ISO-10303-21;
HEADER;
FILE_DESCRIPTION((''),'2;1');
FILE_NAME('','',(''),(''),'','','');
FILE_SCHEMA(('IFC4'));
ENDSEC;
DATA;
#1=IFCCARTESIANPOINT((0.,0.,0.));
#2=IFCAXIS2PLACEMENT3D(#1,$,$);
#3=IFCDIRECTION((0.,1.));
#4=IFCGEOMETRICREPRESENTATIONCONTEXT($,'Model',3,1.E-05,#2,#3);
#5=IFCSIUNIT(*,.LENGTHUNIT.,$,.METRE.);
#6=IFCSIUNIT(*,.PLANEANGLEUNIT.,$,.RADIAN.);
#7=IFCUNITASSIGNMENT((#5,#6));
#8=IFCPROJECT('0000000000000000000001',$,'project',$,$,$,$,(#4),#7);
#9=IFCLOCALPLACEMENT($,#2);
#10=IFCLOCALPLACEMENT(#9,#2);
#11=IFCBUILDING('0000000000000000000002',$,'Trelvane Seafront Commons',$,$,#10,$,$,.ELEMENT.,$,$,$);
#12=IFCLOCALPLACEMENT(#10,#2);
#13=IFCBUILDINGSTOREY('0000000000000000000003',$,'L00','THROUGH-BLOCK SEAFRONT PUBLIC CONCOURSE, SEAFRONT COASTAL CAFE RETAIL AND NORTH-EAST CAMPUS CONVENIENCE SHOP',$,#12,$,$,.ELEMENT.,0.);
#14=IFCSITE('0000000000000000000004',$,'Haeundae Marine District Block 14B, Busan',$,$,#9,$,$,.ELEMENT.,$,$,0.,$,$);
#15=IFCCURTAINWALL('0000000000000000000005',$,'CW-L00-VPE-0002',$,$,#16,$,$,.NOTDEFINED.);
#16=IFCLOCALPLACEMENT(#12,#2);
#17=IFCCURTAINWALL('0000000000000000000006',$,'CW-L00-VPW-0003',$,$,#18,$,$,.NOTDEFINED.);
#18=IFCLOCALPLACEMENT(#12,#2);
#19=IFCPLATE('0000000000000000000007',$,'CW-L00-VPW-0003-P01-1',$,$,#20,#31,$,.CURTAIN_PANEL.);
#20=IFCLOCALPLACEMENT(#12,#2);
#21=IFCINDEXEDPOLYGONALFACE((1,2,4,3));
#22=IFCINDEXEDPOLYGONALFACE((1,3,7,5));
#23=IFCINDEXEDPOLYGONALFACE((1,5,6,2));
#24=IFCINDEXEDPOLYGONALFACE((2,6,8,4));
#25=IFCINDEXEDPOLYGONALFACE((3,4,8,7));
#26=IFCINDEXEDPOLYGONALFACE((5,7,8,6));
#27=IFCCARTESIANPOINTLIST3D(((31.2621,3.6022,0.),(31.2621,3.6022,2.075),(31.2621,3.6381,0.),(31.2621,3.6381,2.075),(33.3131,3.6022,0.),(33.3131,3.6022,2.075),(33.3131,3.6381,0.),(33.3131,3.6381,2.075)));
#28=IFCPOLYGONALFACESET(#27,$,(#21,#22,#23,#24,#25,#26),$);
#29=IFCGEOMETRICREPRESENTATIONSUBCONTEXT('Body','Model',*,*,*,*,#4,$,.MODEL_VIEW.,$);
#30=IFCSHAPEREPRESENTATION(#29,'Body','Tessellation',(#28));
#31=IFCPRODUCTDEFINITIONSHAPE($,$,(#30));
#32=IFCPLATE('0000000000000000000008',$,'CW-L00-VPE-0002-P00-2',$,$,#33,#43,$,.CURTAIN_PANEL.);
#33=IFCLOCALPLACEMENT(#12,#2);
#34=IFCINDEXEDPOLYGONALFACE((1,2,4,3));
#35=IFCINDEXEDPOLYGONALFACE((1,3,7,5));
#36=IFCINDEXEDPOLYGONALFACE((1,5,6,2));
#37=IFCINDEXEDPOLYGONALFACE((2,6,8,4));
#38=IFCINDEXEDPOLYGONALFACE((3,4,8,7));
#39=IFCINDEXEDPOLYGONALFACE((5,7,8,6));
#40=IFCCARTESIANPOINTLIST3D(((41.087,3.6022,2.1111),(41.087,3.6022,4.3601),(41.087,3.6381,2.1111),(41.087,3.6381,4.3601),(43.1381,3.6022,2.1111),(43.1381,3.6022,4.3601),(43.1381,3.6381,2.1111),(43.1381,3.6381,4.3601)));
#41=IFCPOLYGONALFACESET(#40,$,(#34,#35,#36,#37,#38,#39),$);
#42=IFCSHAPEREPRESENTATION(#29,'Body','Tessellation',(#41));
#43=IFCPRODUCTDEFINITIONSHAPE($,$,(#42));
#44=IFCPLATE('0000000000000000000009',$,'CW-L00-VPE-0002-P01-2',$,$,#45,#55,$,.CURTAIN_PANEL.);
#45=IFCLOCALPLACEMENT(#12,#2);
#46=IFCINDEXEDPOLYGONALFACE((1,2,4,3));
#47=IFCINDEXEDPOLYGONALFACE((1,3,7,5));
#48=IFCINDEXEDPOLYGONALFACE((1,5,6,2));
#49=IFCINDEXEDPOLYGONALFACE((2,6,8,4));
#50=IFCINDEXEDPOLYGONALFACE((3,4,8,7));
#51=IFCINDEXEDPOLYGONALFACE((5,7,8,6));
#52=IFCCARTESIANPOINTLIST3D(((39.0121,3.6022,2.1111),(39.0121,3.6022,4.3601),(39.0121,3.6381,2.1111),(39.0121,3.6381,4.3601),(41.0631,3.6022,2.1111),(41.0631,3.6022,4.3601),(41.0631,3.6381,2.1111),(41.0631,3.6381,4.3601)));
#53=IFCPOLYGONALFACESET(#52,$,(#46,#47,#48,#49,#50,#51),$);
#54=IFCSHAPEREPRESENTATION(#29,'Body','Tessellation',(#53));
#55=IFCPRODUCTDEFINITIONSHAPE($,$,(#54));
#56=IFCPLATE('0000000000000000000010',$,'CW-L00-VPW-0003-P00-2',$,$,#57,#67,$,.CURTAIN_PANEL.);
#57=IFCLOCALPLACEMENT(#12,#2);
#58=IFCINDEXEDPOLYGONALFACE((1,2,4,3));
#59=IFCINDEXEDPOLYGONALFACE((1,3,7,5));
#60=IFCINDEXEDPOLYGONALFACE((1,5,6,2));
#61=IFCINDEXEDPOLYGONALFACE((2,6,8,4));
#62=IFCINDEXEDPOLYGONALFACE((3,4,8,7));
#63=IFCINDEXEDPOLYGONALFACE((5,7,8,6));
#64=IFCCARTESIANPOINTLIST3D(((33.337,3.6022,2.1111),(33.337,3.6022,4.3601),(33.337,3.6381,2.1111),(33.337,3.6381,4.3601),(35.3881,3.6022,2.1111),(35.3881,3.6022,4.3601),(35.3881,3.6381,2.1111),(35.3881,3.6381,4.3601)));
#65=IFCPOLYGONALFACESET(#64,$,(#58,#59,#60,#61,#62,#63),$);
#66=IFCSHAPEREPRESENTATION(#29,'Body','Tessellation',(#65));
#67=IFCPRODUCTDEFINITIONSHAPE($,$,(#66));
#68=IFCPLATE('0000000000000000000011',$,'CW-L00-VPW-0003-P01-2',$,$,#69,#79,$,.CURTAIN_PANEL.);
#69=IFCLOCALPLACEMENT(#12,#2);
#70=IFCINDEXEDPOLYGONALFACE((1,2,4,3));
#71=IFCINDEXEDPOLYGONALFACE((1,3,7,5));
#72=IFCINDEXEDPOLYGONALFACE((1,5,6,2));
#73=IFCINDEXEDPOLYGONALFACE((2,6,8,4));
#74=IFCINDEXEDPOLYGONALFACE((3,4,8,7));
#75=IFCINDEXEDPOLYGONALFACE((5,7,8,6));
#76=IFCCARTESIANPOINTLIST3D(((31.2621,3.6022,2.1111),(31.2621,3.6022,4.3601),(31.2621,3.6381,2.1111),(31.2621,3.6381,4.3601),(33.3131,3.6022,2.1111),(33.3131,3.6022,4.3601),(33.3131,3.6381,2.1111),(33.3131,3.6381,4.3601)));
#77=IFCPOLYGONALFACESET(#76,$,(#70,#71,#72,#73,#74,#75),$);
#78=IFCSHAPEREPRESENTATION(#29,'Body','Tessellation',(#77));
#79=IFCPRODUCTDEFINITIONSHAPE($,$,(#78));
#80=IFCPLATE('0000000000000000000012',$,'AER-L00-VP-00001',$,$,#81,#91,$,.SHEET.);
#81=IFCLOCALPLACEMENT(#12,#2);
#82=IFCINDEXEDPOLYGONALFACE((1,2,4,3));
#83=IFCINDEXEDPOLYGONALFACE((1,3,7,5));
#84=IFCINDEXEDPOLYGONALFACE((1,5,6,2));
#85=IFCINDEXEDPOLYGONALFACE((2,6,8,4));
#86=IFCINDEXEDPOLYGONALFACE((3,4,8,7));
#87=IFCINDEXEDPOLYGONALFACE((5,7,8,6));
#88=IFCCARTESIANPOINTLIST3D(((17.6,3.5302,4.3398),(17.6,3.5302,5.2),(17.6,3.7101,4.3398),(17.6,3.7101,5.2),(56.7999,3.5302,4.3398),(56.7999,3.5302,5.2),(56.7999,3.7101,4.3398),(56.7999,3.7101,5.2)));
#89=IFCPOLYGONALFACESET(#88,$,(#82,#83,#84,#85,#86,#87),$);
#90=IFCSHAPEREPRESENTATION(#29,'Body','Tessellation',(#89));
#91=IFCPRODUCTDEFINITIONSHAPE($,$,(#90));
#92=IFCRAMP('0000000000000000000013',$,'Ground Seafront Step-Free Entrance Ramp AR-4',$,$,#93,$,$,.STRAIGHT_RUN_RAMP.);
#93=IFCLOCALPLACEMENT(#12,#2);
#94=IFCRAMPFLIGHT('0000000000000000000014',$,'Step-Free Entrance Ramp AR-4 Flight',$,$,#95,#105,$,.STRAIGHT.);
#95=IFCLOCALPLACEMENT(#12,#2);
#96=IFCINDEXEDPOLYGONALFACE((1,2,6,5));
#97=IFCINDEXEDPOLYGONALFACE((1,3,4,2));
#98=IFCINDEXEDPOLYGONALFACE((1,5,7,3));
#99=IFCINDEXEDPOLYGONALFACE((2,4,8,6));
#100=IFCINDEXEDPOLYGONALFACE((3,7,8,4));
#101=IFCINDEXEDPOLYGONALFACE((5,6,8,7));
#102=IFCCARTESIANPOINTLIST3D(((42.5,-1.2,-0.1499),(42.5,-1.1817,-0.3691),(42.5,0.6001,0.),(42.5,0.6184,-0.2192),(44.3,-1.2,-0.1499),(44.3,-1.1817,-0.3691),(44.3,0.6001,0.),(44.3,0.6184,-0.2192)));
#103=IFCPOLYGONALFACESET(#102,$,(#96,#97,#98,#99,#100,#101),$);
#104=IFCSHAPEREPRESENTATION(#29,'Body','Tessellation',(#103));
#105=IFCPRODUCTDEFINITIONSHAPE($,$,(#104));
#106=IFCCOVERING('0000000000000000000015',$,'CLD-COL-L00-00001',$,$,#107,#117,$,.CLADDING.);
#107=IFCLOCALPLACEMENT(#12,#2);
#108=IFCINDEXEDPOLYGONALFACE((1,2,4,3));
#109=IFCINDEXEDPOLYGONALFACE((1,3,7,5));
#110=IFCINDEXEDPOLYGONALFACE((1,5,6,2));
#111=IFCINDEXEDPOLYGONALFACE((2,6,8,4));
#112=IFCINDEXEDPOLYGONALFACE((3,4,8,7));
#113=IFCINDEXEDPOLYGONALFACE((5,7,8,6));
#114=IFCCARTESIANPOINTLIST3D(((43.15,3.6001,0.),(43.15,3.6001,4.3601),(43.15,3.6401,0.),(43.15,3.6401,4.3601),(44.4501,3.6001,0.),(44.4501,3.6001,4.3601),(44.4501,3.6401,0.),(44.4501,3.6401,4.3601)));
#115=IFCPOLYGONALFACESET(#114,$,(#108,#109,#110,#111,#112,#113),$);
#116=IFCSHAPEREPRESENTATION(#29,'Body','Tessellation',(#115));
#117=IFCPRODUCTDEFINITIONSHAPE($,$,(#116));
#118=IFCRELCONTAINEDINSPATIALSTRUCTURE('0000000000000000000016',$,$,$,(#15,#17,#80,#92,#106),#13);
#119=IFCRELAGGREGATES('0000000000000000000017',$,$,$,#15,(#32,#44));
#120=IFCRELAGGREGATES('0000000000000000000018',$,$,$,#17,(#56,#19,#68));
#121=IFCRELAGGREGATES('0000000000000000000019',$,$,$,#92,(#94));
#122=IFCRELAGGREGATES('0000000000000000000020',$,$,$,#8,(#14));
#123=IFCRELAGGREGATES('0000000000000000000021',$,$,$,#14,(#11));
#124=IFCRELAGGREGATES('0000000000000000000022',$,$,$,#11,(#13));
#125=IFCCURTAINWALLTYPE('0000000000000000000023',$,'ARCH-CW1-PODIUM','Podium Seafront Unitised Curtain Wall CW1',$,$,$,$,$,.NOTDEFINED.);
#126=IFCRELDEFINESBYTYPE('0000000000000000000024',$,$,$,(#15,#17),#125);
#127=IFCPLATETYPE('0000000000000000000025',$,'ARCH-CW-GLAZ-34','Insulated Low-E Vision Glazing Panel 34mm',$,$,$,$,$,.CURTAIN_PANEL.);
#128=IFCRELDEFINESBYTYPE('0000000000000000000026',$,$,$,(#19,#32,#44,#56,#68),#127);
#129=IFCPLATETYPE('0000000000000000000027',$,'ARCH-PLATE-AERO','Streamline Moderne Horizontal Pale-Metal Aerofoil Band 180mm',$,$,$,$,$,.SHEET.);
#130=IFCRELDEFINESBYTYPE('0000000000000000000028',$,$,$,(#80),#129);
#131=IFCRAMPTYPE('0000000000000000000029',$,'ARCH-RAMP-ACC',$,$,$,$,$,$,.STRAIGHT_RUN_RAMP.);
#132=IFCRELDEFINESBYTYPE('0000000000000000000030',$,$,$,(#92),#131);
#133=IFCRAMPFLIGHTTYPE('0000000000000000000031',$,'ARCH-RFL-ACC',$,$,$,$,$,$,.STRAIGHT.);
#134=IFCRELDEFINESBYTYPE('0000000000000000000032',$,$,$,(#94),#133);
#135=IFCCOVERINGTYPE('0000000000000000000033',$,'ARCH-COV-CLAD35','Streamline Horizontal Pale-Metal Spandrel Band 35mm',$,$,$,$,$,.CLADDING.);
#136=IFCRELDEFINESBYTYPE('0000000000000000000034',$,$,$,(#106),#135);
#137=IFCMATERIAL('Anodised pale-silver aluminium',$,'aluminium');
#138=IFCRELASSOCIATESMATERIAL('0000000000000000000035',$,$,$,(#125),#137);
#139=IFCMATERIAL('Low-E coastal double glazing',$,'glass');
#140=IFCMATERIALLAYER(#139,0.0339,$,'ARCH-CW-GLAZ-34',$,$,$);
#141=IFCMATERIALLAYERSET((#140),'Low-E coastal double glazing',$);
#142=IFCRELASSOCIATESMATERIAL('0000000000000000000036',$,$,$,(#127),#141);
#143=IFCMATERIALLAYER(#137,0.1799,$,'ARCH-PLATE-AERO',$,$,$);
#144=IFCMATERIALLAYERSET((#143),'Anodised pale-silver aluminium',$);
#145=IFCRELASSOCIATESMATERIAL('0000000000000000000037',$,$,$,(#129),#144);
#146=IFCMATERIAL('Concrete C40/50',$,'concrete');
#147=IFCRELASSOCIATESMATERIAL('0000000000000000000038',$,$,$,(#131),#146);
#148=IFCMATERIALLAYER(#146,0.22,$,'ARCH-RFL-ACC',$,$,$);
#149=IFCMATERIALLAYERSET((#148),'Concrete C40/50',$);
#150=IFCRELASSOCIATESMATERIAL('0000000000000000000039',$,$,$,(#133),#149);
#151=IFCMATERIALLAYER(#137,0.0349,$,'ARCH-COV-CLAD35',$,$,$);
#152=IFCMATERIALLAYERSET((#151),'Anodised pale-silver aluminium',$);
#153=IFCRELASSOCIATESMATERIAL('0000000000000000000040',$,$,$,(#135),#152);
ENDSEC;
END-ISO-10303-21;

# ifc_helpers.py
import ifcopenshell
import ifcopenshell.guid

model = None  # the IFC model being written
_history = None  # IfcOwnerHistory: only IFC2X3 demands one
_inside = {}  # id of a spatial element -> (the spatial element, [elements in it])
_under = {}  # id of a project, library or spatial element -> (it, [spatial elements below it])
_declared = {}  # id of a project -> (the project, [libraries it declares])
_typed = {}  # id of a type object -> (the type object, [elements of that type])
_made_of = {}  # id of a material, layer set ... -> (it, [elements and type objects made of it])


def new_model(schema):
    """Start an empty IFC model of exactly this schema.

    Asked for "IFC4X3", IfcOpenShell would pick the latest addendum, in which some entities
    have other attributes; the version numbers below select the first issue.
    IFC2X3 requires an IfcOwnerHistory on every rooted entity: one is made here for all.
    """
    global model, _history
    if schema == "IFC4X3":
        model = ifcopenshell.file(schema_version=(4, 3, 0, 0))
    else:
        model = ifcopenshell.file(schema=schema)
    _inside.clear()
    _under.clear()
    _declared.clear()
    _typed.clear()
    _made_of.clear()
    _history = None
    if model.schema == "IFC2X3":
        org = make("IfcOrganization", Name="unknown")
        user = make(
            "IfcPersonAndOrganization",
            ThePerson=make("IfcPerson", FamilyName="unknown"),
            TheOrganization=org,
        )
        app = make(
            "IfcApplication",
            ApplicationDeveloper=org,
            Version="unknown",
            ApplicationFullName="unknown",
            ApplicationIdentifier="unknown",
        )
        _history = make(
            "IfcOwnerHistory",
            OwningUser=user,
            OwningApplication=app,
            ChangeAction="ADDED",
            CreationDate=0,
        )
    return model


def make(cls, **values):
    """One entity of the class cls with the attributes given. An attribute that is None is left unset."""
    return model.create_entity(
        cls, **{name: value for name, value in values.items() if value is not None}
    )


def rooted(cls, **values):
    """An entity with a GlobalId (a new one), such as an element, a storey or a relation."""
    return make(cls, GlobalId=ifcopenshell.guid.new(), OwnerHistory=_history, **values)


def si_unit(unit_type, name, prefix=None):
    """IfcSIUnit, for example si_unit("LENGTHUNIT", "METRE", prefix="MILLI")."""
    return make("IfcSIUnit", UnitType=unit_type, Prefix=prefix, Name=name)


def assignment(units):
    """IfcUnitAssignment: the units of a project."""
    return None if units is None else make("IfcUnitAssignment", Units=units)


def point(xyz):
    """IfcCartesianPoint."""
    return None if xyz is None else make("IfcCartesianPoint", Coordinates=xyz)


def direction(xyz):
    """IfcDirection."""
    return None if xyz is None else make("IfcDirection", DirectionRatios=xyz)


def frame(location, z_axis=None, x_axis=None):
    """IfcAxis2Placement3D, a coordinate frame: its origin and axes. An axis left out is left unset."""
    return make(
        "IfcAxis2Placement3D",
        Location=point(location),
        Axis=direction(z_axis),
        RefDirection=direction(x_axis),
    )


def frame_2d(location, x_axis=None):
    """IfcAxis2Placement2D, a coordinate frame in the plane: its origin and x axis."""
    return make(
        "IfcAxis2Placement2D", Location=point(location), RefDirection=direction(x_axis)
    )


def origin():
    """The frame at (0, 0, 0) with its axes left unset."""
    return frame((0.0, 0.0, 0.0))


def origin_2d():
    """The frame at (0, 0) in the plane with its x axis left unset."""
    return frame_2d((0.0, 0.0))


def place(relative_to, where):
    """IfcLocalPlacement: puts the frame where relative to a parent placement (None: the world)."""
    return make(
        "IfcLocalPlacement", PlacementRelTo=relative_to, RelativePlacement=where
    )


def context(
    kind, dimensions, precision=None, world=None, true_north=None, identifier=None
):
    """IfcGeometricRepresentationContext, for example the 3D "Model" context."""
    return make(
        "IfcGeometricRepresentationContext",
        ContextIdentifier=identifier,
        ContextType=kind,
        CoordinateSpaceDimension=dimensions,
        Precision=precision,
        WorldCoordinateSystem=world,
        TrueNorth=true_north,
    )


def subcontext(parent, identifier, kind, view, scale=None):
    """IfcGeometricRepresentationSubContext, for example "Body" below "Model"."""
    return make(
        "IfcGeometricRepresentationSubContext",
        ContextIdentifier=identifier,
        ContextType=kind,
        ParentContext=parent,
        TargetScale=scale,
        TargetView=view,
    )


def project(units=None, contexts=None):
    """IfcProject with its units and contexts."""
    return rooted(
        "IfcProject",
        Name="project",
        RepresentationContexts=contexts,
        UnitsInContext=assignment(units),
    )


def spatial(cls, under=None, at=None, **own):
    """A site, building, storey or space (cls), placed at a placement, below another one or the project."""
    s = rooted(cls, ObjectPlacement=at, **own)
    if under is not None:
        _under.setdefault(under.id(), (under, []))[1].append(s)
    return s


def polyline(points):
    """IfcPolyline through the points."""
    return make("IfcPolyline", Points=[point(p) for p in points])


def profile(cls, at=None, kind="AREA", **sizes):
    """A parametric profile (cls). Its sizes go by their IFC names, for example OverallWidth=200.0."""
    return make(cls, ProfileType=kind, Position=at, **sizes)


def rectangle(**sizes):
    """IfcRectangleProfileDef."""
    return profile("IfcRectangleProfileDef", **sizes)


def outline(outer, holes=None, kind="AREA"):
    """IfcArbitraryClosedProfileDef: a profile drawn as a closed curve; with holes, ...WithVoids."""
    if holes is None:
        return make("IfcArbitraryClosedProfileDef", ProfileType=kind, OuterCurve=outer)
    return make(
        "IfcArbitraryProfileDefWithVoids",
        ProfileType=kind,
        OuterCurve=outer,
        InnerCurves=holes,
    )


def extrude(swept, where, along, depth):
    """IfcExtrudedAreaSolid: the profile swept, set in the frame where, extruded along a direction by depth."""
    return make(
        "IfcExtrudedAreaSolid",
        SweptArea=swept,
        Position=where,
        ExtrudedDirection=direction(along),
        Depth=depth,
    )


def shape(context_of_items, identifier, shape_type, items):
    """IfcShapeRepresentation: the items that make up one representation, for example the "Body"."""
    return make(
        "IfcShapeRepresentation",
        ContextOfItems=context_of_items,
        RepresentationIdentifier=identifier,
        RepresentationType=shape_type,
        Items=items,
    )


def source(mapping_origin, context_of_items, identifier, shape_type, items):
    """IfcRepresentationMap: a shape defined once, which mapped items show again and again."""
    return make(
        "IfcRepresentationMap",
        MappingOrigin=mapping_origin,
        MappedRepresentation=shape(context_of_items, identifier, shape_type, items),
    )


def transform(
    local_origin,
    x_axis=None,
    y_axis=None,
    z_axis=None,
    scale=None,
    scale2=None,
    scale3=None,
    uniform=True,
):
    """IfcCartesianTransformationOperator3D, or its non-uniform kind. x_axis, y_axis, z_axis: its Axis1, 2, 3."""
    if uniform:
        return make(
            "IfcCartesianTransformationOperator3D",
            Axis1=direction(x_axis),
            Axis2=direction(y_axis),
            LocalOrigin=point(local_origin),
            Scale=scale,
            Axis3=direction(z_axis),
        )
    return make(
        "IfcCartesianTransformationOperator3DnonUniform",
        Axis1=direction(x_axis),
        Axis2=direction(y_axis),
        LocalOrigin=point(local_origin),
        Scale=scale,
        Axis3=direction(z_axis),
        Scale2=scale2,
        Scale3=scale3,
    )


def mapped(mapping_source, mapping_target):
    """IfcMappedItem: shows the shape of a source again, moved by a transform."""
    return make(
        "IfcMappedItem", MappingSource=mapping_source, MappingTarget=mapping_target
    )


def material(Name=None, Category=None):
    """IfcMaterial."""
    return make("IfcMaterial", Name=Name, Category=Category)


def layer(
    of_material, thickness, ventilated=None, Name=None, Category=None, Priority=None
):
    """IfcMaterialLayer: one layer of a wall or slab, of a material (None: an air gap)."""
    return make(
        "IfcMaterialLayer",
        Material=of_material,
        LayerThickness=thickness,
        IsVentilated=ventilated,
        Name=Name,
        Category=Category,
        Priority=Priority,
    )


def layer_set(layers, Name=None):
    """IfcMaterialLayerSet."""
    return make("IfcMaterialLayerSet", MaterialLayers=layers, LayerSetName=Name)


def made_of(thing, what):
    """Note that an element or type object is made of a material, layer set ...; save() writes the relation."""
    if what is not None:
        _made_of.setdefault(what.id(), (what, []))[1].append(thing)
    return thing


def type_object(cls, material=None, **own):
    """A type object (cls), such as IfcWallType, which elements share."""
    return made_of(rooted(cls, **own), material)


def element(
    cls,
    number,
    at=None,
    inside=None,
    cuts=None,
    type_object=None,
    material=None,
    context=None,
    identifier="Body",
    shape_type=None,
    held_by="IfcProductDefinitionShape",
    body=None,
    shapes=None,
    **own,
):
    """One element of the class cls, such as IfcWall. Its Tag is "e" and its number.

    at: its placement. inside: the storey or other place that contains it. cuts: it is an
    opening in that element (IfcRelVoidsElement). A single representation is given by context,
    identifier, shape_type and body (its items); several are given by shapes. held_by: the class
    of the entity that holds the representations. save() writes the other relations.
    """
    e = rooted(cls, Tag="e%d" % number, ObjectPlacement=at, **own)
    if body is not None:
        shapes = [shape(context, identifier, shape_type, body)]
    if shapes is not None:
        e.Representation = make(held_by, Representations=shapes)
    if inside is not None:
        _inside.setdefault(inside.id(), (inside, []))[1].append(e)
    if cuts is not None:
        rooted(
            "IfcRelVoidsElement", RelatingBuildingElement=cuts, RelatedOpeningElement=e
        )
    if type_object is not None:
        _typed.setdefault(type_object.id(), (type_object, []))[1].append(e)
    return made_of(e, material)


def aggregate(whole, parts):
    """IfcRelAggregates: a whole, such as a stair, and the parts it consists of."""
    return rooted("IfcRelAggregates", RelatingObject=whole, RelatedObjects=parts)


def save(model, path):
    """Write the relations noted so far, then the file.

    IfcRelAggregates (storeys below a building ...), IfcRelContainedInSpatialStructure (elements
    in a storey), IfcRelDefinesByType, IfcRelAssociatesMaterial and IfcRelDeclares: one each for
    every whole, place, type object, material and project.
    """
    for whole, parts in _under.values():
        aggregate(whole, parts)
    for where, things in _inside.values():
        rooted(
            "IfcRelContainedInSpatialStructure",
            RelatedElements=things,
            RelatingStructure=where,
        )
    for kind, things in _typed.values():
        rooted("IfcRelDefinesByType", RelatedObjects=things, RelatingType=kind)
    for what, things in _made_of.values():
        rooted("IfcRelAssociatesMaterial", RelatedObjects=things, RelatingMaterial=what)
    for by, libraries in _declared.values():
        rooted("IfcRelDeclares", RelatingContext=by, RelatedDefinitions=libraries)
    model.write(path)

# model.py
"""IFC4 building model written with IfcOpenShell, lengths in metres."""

from ifc_helpers import new_model, si_unit, direction, frame, origin, origin_2d, place, context, subcontext, project, spatial, polyline, rectangle, outline, extrude, source, transform, mapped, material, layer, layer_set, type_object, element, aggregate, save


model = new_model("IFC4")

# Units and contexts
model_context = context("Model", 3, precision=1e-05, world=origin(), true_north=direction((0.0, 1.0)))
body_context = subcontext(model_context, "Body", "Model", "MODEL_VIEW")
ifc_project = project(units=[si_unit("LENGTHUNIT", "METRE"), si_unit("PLANEANGLEUNIT", "RADIAN")], contexts=[model_context])

# Site, building, storey
site_placement = place(None, origin())
site = spatial("IfcSite", under=ifc_project, at=site_placement, Name="Haeundae Marine District Block 14B, Busan", CompositionType="ELEMENT", RefElevation=0.0)
building_placement = place(site_placement, origin())
building = spatial("IfcBuilding", under=site, at=building_placement, Name="Trelvane Seafront Commons", CompositionType="ELEMENT")
storey_placement = place(building_placement, origin())
storey = spatial("IfcBuildingStorey", under=building, at=storey_placement, Name="L00", Description="THROUGH-BLOCK SEAFRONT PUBLIC CONCOURSE, SEAFRONT COASTAL CAFE RETAIL AND NORTH-EAST CAMPUS CONVENIENCE SHOP", CompositionType="ELEMENT", Elevation=0.0)

# Curtain walls
ifc_material_1 = material(Name="Anodised pale-silver aluminium", Category="aluminium")
curtain_wall_type = type_object("IfcCurtainWallType", Name="ARCH-CW1-PODIUM", Description="Podium Seafront Unitised Curtain Wall CW1", PredefinedType="NOTDEFINED", material=ifc_material_1)
curtain_wall_1_placement = place(storey_placement, origin())
curtain_wall_1 = element("IfcCurtainWall", 1, at=curtain_wall_1_placement, inside=storey, type_object=curtain_wall_type, Name="CW-L00-VPE-0002", PredefinedType="NOTDEFINED")
curtain_wall_2_placement = place(storey_placement, origin())
curtain_wall_2 = element("IfcCurtainWall", 2, at=curtain_wall_2_placement, inside=storey, type_object=curtain_wall_type, Name="CW-L00-VPW-0003", PredefinedType="NOTDEFINED")

# Plates
ifc_material_2 = material(Name="Low-E coastal double glazing", Category="glass")
ifc_layer_1 = layer(ifc_material_2, 0.0339, Name="ARCH-CW-GLAZ-34")
ifc_layer_set_1 = layer_set([ifc_layer_1], Name="Low-E coastal double glazing")
plate_type_1 = type_object("IfcPlateType", Name="ARCH-CW-GLAZ-34", Description="Insulated Low-E Vision Glazing Panel 34mm", PredefinedType="CURTAIN_PANEL", material=ifc_layer_set_1)
shared_shape_1 = source(origin(), body_context, "Body", "SweptSolid", [
    extrude(rectangle(XDim=2.051, YDim=0.0359, at=origin_2d()), origin(), (0.0, 0.0, 1.0), 2.075),
])
plate_1_placement = place(storey_placement, frame((32.2876, 3.6201, 0.0), z_axis=(0.0, 0.0, 1.0), x_axis=(-1.0, 0.0, 0.0)))
plate_1 = element("IfcPlate", 3, at=plate_1_placement, type_object=plate_type_1, Name="CW-L00-VPW-0003-P01-1", PredefinedType="CURTAIN_PANEL", context=body_context, shape_type="MappedRepresentation", body=[
    mapped(shared_shape_1, transform((0.0, 0.0, 0.0), x_axis=(1.0, 0.0, 0.0), y_axis=(0.0, 1.0, 0.0), z_axis=(0.0, 0.0, 1.0), scale=1.0)),
])
shared_shape_2 = source(origin(), body_context, "Body", "SweptSolid", [
    extrude(rectangle(XDim=2.051, YDim=0.0359, at=origin_2d()), origin(), (0.0, 0.0, 1.0), 2.249),
])
plate_2_placement = place(storey_placement, frame((42.1125, 3.6201, 2.1111), z_axis=(0.0, 0.0, 1.0), x_axis=(-1.0, 0.0, 0.0)))
plate_2 = element("IfcPlate", 4, at=plate_2_placement, type_object=plate_type_1, Name="CW-L00-VPE-0002-P00-2", PredefinedType="CURTAIN_PANEL", context=body_context, shape_type="MappedRepresentation", body=[
    mapped(shared_shape_2, transform((0.0, 0.0, 0.0), x_axis=(1.0, 0.0, 0.0), y_axis=(0.0, 1.0, 0.0), z_axis=(0.0, 0.0, 1.0), scale=1.0)),
])
plate_3_placement = place(storey_placement, frame((40.0376, 3.6201, 2.1111), z_axis=(0.0, 0.0, 1.0), x_axis=(-1.0, 0.0, 0.0)))
plate_3 = element("IfcPlate", 5, at=plate_3_placement, type_object=plate_type_1, Name="CW-L00-VPE-0002-P01-2", PredefinedType="CURTAIN_PANEL", context=body_context, shape_type="MappedRepresentation", body=[
    mapped(shared_shape_2, transform((0.0, 0.0, 0.0), x_axis=(1.0, 0.0, 0.0), y_axis=(0.0, 1.0, 0.0), z_axis=(0.0, 0.0, 1.0), scale=1.0)),
])
aggregate(curtain_wall_1, [plate_2, plate_3])
plate_4_placement = place(storey_placement, frame((34.3625, 3.6201, 2.1111), z_axis=(0.0, 0.0, 1.0), x_axis=(-1.0, 0.0, 0.0)))
plate_4 = element("IfcPlate", 6, at=plate_4_placement, type_object=plate_type_1, Name="CW-L00-VPW-0003-P00-2", PredefinedType="CURTAIN_PANEL", context=body_context, shape_type="MappedRepresentation", body=[
    mapped(shared_shape_2, transform((0.0, 0.0, 0.0), x_axis=(1.0, 0.0, 0.0), y_axis=(0.0, 1.0, 0.0), z_axis=(0.0, 0.0, 1.0), scale=1.0)),
])
plate_5_placement = place(storey_placement, frame((32.2876, 3.6201, 2.1111), z_axis=(0.0, 0.0, 1.0), x_axis=(-1.0, 0.0, 0.0)))
plate_5 = element("IfcPlate", 7, at=plate_5_placement, type_object=plate_type_1, Name="CW-L00-VPW-0003-P01-2", PredefinedType="CURTAIN_PANEL", context=body_context, shape_type="MappedRepresentation", body=[
    mapped(shared_shape_2, transform((0.0, 0.0, 0.0), x_axis=(1.0, 0.0, 0.0), y_axis=(0.0, 1.0, 0.0), z_axis=(0.0, 0.0, 1.0), scale=1.0)),
])
aggregate(curtain_wall_2, [plate_4, plate_1, plate_5])
ifc_layer_2 = layer(ifc_material_1, 0.1799, Name="ARCH-PLATE-AERO")
ifc_layer_set_2 = layer_set([ifc_layer_2], Name="Anodised pale-silver aluminium")
plate_type_2 = type_object("IfcPlateType", Name="ARCH-PLATE-AERO", Description="Streamline Moderne Horizontal Pale-Metal Aerofoil Band 180mm", PredefinedType="SHEET", material=ifc_layer_set_2)
shared_shape_3 = source(origin(), body_context, "Body", "SweptSolid", [
    extrude(rectangle(XDim=39.2, YDim=0.1799, at=origin_2d()), origin(), (0.0, 0.0, 1.0), 0.8601),
])
plate_6_placement = place(storey_placement, frame((37.2, 3.6201, 4.3398), z_axis=(0.0, 0.0, 1.0), x_axis=(-1.0, 0.0, 0.0)))
element("IfcPlate", 8, at=plate_6_placement, inside=storey, type_object=plate_type_2, Name="AER-L00-VP-00001", PredefinedType="SHEET", context=body_context, shape_type="MappedRepresentation", body=[
    mapped(shared_shape_3, transform((0.0, 0.0, 0.0), x_axis=(1.0, 0.0, 0.0), y_axis=(0.0, 1.0, 0.0), z_axis=(0.0, 0.0, 1.0), scale=1.0)),
])

# Ramp, ramp flight
ifc_material_3 = material(Name="Concrete C40/50", Category="concrete")
ramp_type = type_object("IfcRampType", Name="ARCH-RAMP-ACC", PredefinedType="STRAIGHT_RUN_RAMP", material=ifc_material_3)
ramp_placement = place(storey_placement, origin())
ramp = element("IfcRamp", 9, at=ramp_placement, inside=storey, type_object=ramp_type, Name="Ground Seafront Step-Free Entrance Ramp AR-4", PredefinedType="STRAIGHT_RUN_RAMP")
ifc_layer_3 = layer(ifc_material_3, 0.22, Name="ARCH-RFL-ACC")
ifc_layer_set_3 = layer_set([ifc_layer_3], Name="Concrete C40/50")
ramp_flight_type = type_object("IfcRampFlightType", Name="ARCH-RFL-ACC", PredefinedType="STRAIGHT", material=ifc_layer_set_3)
ramp_flight_placement = place(storey_placement, frame((42.5, -1.2, -0.1499), z_axis=(0.0, -0.08299, 0.99655), x_axis=(1.0, 0.0, 0.0)))
ramp_flight = element("IfcRampFlight", 10, at=ramp_flight_placement, type_object=ramp_flight_type, Name="Step-Free Entrance Ramp AR-4 Flight", PredefinedType="STRAIGHT", context=body_context, shape_type="SweptSolid", body=[
    extrude(outline(polyline([(0.0, 0.0), (1.8, 0.0), (1.8, 1.8063), (0.0, 1.8063), (0.0, 0.0)])), origin(), (0.0, 0.0, -1.0), 0.22),
])
aggregate(ramp, [ramp_flight])

# Covering
ifc_layer_4 = layer(ifc_material_1, 0.0349, Name="ARCH-COV-CLAD35")
ifc_layer_set_4 = layer_set([ifc_layer_4], Name="Anodised pale-silver aluminium")
covering_type = type_object("IfcCoveringType", Name="ARCH-COV-CLAD35", Description="Streamline Horizontal Pale-Metal Spandrel Band 35mm", PredefinedType="CLADDING", material=ifc_layer_set_4)
shared_shape_4 = source(origin(), body_context, "Body", "SweptSolid", [
    extrude(rectangle(XDim=1.3, YDim=0.04, at=origin_2d()), origin(), (0.0, 0.0, 1.0), 4.3601),
])
covering_placement = place(storey_placement, frame((43.8, 3.6201, 0.0), z_axis=(0.0, 0.0, 1.0), x_axis=(-1.0, 0.0, 0.0)))
element("IfcCovering", 11, at=covering_placement, inside=storey, type_object=covering_type, Name="CLD-COL-L00-00001", PredefinedType="CLADDING", context=body_context, shape_type="MappedRepresentation", body=[
    mapped(shared_shape_4, transform((0.0, 0.0, 0.0), x_axis=(1.0, 0.0, 0.0), y_axis=(0.0, 1.0, 0.0), z_axis=(0.0, 0.0, 1.0), scale=1.0)),
])

save(model, "model.ifc")
